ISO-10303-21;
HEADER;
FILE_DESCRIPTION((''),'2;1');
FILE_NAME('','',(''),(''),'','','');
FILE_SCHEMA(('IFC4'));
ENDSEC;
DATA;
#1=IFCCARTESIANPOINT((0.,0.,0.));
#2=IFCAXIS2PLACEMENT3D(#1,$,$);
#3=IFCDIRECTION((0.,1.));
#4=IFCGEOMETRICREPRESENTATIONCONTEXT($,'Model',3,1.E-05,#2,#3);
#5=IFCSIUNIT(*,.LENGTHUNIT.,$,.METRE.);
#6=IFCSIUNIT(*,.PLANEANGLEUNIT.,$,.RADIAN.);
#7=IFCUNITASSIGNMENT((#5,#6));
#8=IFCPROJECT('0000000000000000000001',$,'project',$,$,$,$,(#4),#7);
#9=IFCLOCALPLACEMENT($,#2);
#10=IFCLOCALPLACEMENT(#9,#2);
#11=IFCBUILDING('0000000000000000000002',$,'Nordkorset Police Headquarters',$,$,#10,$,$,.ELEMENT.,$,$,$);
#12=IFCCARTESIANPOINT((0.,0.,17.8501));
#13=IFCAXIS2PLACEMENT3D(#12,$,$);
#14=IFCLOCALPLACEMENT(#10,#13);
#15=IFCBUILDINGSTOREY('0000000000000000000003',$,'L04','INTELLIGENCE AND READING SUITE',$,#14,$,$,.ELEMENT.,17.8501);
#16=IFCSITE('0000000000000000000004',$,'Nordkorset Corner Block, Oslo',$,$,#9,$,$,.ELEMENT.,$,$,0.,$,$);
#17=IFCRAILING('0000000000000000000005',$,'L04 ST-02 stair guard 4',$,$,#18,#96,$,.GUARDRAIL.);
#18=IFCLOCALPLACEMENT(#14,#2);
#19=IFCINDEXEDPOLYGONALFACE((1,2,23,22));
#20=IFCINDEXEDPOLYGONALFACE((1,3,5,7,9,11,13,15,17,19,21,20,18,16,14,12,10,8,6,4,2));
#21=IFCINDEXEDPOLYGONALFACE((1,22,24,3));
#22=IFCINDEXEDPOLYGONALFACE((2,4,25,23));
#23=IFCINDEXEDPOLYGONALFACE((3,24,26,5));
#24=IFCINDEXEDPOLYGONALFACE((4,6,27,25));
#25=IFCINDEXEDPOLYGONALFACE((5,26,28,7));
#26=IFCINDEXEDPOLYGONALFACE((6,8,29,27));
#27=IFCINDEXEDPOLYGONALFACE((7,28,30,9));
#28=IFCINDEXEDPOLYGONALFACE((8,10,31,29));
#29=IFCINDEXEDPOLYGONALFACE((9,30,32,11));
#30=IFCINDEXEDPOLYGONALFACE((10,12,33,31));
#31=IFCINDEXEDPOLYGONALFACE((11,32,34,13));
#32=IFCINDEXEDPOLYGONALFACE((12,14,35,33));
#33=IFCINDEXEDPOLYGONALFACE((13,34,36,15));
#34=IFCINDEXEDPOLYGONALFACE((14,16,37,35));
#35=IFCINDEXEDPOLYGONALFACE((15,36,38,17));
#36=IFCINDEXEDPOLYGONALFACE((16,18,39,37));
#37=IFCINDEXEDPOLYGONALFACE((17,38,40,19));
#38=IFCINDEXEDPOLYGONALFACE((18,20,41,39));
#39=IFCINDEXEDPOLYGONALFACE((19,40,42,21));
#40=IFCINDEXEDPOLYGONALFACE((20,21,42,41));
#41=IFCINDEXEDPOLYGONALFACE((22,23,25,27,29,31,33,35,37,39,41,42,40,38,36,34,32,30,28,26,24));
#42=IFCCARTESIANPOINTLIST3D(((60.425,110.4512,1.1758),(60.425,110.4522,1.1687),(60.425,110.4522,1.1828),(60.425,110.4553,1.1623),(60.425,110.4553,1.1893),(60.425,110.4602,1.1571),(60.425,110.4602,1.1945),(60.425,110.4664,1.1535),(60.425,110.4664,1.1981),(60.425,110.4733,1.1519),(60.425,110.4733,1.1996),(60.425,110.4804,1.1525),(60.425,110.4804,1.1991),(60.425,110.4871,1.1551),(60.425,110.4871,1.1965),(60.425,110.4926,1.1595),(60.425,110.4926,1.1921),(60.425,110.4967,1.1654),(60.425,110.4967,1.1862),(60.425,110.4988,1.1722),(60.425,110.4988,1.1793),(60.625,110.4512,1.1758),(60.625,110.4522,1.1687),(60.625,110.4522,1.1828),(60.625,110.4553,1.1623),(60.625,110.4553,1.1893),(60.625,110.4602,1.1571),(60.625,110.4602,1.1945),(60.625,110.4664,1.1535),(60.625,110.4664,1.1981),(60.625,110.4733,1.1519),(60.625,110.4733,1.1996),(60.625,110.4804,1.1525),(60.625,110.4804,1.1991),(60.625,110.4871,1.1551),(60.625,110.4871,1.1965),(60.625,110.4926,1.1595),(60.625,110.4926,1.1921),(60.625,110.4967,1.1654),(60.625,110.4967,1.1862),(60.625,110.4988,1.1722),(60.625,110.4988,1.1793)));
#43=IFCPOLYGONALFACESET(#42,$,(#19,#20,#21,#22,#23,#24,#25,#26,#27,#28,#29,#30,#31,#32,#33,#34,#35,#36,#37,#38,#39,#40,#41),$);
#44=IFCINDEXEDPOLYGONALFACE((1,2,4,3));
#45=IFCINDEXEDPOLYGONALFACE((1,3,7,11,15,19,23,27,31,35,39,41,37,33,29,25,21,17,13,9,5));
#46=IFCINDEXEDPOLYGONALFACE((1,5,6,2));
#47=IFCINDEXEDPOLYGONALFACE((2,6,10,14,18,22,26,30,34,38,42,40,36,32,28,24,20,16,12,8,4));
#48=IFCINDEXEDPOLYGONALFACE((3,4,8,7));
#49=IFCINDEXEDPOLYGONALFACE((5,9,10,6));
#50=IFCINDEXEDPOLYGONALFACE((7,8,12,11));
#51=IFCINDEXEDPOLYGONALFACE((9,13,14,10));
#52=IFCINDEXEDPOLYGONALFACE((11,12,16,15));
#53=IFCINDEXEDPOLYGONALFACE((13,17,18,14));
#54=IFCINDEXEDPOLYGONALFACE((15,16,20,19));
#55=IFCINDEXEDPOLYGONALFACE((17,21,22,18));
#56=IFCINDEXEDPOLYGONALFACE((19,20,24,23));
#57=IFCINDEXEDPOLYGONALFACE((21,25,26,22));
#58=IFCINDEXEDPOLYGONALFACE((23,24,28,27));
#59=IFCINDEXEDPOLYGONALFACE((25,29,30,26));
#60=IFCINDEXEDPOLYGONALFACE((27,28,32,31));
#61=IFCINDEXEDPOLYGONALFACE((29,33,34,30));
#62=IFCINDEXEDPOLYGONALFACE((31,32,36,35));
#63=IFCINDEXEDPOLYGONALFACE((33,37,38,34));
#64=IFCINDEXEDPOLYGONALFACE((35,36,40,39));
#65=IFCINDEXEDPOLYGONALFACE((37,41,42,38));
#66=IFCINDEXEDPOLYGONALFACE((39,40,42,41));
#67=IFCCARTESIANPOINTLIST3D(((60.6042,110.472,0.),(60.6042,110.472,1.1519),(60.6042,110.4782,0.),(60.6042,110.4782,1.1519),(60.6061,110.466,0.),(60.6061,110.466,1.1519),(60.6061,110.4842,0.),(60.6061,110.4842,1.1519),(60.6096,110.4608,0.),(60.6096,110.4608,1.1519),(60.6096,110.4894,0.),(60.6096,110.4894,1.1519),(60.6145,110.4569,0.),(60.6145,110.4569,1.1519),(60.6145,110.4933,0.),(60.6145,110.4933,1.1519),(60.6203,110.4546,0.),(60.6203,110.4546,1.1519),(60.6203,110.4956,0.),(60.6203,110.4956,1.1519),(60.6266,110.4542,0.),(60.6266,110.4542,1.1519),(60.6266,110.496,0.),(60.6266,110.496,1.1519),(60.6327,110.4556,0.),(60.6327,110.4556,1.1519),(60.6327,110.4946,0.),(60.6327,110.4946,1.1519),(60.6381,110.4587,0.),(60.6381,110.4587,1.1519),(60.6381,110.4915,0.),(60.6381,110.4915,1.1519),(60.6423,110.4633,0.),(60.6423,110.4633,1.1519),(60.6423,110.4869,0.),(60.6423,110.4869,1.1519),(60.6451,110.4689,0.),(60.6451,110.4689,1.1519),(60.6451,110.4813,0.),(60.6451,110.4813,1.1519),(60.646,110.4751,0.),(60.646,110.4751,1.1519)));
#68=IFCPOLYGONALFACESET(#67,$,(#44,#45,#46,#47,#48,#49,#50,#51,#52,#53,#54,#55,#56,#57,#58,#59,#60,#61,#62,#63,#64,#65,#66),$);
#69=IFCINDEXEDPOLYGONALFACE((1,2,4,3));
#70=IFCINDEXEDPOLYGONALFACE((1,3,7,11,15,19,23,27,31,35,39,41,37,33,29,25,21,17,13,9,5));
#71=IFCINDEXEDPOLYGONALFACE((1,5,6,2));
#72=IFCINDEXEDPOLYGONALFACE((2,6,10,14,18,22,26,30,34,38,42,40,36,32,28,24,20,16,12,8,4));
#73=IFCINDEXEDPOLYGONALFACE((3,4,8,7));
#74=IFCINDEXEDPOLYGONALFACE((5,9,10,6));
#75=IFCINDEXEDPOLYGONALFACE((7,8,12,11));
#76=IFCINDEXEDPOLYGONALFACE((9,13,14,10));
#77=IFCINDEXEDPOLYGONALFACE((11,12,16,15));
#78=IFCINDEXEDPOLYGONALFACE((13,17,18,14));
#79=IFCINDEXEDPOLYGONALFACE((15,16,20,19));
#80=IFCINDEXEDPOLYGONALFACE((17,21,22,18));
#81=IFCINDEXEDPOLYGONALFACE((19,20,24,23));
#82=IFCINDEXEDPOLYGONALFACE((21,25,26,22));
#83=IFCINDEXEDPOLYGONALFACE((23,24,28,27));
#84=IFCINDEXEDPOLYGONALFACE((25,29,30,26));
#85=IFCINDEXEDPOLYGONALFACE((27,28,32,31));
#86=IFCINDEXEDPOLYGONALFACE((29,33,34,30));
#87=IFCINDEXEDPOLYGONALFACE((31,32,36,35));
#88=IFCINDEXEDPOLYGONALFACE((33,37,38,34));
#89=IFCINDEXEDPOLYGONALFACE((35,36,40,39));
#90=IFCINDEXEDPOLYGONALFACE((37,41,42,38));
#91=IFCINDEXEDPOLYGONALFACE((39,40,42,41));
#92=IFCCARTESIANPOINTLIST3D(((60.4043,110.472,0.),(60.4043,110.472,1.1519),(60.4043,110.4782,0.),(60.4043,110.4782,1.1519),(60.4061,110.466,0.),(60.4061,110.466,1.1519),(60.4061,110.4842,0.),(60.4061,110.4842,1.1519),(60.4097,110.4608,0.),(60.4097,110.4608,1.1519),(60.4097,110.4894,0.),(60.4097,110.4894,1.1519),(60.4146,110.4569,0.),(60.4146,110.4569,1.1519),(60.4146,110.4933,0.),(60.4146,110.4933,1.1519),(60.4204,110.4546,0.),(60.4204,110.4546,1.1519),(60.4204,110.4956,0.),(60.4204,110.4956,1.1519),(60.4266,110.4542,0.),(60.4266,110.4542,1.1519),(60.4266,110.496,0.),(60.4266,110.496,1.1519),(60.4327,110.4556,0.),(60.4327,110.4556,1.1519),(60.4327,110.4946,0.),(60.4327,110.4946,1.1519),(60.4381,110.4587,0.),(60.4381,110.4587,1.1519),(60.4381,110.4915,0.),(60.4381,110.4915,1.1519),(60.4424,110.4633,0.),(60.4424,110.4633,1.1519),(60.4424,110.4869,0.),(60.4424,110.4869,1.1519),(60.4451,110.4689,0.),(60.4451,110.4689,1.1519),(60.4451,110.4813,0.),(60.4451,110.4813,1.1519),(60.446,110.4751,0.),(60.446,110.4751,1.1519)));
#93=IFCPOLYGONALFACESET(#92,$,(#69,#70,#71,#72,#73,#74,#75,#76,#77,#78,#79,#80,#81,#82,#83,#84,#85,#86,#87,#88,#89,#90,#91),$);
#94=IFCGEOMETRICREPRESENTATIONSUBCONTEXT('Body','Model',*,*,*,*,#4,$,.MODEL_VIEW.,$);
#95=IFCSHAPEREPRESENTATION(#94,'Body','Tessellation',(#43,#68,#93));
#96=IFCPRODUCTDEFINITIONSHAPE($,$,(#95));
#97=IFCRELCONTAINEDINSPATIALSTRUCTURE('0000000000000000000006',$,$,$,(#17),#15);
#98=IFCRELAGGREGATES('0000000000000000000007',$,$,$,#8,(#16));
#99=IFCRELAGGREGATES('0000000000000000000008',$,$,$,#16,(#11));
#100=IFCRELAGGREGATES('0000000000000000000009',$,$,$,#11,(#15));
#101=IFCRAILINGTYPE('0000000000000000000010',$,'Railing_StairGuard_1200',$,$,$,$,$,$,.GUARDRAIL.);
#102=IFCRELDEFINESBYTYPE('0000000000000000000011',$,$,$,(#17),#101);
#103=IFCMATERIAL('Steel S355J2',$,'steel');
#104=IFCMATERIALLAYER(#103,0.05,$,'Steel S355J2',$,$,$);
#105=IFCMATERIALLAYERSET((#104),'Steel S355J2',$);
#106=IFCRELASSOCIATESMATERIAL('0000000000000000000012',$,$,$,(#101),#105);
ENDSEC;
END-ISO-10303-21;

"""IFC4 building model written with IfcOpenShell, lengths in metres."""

from ifc_helpers import new_model, si_unit, direction, frame, origin, origin_2d, place, context, subcontext, project, spatial, circle, extrude, material, layer, layer_set, type_object, element, save


model = new_model("IFC4")

# Units and contexts
model_context = context("Model", 3, precision=1e-05, world=origin(), true_north=direction((0.0, 1.0)))
body_context = subcontext(model_context, "Body", "Model", "MODEL_VIEW")
ifc_project = project(units=[si_unit("LENGTHUNIT", "METRE"), si_unit("PLANEANGLEUNIT", "RADIAN")], contexts=[model_context])

# Site, building, storey
site_placement = place(None, origin())
site = spatial("IfcSite", under=ifc_project, at=site_placement, Name="Nordkorset Corner Block, Oslo", CompositionType="ELEMENT", RefElevation=0.0)
building_placement = place(site_placement, origin())
building = spatial("IfcBuilding", under=site, at=building_placement, Name="Nordkorset Police Headquarters", CompositionType="ELEMENT")
storey_placement = place(building_placement, frame((0.0, 0.0, 17.8501)))
storey = spatial("IfcBuildingStorey", under=building, at=storey_placement, Name="L04", Description="INTELLIGENCE AND READING SUITE", CompositionType="ELEMENT", Elevation=17.8501)

# Railing
ifc_material_1 = material(Name="Steel S355J2", Category="steel")
ifc_layer_1 = layer(ifc_material_1, 0.05, Name="Steel S355J2")
ifc_layer_set_1 = layer_set([ifc_layer_1], Name="Steel S355J2")
railing_type_1 = type_object("IfcRailingType", Name="Railing_StairGuard_1200", PredefinedType="GUARDRAIL", material=ifc_layer_set_1)
railing_1_placement = place(storey_placement, frame((60.625, 110.4751, 0.0)))
element("IfcRailing", 1, at=railing_1_placement, inside=storey, type_object=railing_type_1, Name="L04 ST-02 stair guard 4", PredefinedType="GUARDRAIL", context=body_context, shape_type="SweptSolid", body=[
    extrude(circle(Radius=0.0239, at=origin_2d()), frame((0.0, 0.0, 1.1758), z_axis=(-1.0, 0.0, 0.0), x_axis=(0.0, -1.0, 0.0)), (0.0, 0.0, 1.0), 0.2),
    extrude(circle(Radius=0.021, at=origin_2d()), origin(), (0.0, 0.0, 1.0), 1.1519),
    extrude(circle(Radius=0.021, at=origin_2d()), frame((-0.2, 0.0, 0.0)), (0.0, 0.0, 1.0), 1.1519),
])

save(model, "model.ifc")
